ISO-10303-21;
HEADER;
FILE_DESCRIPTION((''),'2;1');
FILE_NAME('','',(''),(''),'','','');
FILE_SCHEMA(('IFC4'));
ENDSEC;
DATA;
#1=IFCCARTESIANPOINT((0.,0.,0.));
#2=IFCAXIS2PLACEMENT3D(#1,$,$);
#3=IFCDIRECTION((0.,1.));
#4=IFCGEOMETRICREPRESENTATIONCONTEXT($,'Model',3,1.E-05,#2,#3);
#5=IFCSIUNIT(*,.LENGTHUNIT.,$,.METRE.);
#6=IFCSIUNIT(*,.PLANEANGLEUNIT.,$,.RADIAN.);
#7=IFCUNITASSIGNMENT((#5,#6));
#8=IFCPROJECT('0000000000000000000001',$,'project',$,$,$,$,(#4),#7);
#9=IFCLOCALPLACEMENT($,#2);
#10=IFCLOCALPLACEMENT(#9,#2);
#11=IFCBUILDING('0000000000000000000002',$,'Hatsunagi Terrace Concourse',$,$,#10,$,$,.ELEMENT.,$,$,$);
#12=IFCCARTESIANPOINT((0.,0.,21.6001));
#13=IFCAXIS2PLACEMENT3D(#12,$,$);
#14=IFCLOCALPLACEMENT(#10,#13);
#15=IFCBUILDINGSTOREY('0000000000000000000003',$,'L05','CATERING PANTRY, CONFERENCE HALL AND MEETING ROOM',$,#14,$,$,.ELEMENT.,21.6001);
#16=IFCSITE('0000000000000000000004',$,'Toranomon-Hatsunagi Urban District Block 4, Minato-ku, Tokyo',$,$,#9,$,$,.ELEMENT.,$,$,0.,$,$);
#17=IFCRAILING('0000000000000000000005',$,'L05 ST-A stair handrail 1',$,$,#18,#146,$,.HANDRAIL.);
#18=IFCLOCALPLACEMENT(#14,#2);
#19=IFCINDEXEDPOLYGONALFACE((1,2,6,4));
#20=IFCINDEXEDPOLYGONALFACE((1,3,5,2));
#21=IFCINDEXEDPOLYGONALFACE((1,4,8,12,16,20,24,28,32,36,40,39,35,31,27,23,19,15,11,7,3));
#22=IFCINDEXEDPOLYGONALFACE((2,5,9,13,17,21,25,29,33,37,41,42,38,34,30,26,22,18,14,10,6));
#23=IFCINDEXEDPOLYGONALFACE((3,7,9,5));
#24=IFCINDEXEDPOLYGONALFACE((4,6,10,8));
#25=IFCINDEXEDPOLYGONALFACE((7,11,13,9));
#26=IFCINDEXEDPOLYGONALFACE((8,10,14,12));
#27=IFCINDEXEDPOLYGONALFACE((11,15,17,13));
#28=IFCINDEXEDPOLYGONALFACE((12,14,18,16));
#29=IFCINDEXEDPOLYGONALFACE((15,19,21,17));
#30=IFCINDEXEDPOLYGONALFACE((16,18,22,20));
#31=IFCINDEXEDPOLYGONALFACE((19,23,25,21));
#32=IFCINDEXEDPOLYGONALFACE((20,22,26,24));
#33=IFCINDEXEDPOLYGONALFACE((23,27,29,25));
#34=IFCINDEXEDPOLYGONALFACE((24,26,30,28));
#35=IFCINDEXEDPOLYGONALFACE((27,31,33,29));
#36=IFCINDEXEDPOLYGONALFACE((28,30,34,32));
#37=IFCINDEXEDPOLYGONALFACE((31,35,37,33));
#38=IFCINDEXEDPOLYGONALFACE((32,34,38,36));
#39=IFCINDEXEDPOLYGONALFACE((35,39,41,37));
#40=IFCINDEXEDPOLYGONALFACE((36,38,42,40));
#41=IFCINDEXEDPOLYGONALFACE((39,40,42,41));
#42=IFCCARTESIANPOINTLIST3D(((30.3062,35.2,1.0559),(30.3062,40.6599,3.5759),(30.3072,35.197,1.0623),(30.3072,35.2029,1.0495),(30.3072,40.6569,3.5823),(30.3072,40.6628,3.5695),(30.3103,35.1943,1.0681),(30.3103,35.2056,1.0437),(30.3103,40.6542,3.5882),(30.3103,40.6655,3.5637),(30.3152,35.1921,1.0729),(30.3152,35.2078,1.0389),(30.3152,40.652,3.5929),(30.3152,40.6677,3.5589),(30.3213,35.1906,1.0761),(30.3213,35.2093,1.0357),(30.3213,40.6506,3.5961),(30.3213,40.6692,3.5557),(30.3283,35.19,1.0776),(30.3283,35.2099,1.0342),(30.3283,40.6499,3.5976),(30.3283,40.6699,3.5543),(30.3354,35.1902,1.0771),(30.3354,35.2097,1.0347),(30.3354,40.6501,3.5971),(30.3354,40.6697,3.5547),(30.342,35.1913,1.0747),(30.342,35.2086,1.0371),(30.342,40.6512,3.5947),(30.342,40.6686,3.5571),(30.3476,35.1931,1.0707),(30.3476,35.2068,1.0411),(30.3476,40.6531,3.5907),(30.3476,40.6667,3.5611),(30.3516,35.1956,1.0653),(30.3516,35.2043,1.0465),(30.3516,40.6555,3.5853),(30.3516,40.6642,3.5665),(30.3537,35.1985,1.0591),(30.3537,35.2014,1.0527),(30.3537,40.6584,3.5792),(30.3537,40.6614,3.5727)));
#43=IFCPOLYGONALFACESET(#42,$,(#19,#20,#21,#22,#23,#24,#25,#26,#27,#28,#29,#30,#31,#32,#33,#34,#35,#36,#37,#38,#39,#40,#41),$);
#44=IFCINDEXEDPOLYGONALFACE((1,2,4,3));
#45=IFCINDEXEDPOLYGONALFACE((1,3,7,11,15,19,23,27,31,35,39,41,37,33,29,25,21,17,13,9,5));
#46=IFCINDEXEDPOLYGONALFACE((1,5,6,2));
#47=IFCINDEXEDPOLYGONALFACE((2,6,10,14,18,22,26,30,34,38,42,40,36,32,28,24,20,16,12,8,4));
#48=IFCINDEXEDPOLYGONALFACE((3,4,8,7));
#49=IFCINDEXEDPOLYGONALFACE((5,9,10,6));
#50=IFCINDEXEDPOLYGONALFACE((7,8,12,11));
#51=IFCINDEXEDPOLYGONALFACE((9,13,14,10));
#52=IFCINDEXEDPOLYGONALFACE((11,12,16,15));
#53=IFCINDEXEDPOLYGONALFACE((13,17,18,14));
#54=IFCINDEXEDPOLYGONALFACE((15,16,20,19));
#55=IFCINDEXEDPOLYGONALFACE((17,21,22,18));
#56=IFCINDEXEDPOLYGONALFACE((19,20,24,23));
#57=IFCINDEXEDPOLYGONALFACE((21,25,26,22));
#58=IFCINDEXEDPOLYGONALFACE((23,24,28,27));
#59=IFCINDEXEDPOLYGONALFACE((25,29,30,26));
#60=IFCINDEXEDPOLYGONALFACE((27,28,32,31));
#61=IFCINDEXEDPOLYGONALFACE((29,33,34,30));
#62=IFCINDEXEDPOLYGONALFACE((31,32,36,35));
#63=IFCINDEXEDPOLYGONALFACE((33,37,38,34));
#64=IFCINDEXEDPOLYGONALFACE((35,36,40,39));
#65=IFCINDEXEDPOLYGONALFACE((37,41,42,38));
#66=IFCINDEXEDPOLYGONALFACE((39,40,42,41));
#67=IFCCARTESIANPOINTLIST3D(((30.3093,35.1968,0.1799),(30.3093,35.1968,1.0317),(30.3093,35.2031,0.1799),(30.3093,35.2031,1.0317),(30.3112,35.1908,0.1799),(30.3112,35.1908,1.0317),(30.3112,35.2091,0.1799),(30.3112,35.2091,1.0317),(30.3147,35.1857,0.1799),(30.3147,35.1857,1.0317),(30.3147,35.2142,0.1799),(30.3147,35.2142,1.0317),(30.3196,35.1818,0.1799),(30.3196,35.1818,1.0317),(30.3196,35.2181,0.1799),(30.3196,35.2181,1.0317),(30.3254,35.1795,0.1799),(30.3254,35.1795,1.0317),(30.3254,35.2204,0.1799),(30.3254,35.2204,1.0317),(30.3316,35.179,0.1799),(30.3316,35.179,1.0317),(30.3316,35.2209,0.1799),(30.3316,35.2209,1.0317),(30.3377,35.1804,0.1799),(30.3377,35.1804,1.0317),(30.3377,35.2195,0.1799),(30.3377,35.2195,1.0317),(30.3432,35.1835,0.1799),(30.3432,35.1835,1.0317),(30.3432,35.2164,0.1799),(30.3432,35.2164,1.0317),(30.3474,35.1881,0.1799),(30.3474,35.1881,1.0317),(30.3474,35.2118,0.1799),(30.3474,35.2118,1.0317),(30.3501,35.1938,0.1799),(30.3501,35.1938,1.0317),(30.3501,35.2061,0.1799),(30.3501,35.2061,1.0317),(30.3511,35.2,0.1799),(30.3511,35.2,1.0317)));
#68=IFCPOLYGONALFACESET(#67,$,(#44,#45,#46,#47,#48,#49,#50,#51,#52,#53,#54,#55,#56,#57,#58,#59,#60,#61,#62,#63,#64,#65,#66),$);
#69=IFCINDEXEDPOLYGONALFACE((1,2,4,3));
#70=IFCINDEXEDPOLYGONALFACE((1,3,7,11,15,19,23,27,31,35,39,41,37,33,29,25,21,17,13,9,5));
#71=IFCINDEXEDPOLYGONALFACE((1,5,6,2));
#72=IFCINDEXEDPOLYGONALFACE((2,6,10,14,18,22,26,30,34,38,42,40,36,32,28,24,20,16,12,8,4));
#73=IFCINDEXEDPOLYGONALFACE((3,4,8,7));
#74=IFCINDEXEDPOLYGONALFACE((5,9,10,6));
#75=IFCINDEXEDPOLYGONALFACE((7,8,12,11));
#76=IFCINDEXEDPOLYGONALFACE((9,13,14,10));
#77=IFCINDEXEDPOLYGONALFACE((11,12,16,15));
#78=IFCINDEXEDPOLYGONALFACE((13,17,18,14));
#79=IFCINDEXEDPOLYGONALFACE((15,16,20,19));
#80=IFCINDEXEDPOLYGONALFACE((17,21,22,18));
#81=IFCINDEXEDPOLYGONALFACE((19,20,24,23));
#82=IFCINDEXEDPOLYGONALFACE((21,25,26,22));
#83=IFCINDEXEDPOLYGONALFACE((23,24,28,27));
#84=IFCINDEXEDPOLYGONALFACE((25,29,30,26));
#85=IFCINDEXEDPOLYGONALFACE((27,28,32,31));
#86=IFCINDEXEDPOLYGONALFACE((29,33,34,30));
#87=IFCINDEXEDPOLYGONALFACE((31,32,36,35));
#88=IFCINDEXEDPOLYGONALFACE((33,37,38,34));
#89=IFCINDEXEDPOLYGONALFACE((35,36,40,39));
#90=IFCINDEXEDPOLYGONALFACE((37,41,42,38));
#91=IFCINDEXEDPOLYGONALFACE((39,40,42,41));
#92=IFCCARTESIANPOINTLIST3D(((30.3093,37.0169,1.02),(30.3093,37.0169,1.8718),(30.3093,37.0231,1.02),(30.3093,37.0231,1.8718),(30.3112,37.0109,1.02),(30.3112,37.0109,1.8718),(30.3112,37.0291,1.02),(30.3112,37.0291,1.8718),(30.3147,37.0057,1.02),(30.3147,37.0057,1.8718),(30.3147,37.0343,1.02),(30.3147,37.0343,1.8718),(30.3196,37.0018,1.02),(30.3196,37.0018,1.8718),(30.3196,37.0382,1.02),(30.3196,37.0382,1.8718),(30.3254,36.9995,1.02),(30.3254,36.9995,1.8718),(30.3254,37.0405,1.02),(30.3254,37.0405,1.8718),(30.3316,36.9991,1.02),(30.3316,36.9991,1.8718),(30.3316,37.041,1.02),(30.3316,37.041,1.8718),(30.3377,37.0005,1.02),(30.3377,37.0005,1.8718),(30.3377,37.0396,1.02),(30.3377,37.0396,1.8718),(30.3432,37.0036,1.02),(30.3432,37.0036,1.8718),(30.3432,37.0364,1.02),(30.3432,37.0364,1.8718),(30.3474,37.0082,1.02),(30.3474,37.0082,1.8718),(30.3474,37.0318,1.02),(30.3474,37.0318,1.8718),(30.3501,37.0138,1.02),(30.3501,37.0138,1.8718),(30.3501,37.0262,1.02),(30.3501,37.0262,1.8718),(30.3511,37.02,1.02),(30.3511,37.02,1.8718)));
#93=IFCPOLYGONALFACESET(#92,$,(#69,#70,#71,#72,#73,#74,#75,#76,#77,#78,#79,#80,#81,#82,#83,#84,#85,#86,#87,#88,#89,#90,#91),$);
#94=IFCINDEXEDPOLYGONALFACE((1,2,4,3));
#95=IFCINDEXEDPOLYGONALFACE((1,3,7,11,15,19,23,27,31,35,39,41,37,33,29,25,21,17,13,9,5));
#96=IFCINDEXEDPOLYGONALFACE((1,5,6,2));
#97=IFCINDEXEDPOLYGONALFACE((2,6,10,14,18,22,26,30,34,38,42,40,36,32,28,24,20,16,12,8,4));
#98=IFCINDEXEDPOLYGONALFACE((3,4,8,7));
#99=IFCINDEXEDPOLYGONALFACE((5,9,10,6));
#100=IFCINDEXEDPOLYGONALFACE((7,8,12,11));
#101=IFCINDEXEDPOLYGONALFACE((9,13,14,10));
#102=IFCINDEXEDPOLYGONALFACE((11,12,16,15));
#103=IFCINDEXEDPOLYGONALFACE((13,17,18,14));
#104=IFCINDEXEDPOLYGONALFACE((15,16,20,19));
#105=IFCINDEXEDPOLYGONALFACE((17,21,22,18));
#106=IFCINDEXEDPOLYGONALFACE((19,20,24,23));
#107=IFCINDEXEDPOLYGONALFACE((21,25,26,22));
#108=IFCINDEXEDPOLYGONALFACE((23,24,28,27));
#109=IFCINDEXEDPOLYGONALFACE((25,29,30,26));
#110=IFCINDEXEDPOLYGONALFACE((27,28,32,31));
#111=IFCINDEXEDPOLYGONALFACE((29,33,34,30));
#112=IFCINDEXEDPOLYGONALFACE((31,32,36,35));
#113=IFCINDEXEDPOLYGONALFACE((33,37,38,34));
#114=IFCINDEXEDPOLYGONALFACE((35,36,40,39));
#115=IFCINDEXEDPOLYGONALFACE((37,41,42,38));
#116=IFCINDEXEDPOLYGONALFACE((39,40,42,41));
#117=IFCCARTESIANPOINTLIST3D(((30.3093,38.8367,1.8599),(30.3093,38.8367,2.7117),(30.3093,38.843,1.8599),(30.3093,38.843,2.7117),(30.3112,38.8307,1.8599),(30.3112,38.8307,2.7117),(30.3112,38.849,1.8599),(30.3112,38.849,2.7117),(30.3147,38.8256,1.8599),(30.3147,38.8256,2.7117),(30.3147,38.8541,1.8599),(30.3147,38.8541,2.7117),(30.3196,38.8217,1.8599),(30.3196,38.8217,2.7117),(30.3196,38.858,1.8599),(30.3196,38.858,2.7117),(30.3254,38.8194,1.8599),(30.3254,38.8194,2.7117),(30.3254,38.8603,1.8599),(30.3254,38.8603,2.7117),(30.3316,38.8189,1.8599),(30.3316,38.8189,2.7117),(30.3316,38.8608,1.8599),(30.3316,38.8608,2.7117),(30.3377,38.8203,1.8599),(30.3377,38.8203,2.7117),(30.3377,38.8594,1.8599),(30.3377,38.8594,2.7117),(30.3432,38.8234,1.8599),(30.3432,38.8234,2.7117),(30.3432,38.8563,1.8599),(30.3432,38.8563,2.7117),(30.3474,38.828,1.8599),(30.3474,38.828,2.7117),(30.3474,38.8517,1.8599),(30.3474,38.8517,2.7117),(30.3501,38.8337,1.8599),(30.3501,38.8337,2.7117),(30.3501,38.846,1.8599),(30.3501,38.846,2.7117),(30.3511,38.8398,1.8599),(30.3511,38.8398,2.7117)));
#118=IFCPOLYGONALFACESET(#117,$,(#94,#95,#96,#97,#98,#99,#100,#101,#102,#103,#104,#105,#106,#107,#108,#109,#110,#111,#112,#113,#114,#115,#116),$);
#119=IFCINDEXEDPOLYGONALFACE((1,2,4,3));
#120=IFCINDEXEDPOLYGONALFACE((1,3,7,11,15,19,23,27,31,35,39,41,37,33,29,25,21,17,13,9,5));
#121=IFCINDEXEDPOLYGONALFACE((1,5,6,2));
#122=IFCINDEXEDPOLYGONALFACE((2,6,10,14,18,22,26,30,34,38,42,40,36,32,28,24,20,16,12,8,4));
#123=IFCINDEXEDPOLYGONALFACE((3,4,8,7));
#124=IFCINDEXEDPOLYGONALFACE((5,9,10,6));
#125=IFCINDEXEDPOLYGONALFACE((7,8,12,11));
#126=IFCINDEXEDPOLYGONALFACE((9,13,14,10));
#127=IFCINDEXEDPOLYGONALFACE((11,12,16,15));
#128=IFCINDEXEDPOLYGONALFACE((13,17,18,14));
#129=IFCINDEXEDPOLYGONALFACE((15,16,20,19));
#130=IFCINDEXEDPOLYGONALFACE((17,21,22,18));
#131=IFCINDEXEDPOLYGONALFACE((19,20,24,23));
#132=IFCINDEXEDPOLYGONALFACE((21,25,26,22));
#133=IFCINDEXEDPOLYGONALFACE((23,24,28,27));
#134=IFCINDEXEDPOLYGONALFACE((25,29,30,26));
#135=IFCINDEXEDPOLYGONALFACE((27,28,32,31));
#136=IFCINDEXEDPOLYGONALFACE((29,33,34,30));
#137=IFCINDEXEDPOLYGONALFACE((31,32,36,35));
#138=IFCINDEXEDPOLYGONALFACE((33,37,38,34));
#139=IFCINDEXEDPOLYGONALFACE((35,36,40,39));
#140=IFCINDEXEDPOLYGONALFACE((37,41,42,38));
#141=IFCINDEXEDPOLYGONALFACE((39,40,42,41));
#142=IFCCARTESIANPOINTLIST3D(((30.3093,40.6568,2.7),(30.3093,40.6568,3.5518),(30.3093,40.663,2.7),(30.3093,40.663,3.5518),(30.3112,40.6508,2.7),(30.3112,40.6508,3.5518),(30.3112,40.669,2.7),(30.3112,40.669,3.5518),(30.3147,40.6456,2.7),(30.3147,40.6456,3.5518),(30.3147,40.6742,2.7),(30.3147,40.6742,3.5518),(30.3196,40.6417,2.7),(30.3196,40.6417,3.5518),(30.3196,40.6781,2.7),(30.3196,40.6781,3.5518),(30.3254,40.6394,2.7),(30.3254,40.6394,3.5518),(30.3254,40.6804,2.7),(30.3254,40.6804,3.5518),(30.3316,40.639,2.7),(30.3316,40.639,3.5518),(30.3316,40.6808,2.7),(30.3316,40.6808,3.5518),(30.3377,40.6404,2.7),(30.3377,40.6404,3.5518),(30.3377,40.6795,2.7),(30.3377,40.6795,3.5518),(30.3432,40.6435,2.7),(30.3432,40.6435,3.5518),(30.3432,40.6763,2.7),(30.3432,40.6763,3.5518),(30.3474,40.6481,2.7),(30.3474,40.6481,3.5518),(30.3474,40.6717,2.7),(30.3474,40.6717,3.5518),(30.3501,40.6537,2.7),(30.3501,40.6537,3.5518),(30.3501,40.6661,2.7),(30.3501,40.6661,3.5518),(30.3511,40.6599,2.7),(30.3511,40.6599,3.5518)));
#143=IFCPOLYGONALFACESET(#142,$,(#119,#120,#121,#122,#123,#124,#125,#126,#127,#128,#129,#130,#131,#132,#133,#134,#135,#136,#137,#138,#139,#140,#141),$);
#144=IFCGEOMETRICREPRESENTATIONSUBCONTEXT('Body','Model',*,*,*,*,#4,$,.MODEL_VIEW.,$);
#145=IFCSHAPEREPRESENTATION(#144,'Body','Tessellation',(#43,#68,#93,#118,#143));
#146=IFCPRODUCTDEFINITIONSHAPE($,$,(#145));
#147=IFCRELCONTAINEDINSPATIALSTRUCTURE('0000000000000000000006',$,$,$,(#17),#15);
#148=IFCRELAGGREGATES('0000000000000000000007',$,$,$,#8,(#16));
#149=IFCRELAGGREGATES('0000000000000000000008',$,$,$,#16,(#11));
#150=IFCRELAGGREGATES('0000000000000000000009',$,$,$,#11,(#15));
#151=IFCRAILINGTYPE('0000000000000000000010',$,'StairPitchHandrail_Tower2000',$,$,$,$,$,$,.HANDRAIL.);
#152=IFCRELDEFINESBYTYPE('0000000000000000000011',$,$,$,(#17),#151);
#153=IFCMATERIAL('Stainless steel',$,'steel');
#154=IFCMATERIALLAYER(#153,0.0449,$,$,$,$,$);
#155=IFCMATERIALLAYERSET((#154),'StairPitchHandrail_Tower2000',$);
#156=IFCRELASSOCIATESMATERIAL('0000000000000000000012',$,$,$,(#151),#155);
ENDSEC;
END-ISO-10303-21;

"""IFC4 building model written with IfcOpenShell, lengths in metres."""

from ifc_helpers import new_model, si_unit, direction, frame, origin, origin_2d, place, context, subcontext, project, spatial, circle, extrude, material, layer, layer_set, type_object, element, save


model = new_model("IFC4")

# Units and contexts
model_context = context("Model", 3, precision=1e-05, world=origin(), true_north=direction((0.0, 1.0)))
body_context = subcontext(model_context, "Body", "Model", "MODEL_VIEW")
ifc_project = project(units=[si_unit("LENGTHUNIT", "METRE"), si_unit("PLANEANGLEUNIT", "RADIAN")], contexts=[model_context])

# Site, building, storey
site_placement = place(None, origin())
site = spatial("IfcSite", under=ifc_project, at=site_placement, Name="Toranomon-Hatsunagi Urban District Block 4, Minato-ku, Tokyo", CompositionType="ELEMENT", RefElevation=0.0)
building_placement = place(site_placement, origin())
building = spatial("IfcBuilding", under=site, at=building_placement, Name="Hatsunagi Terrace Concourse", CompositionType="ELEMENT")
storey_placement = place(building_placement, frame((0.0, 0.0, 21.6001)))
storey = spatial("IfcBuildingStorey", under=building, at=storey_placement, Name="L05", Description="CATERING PANTRY, CONFERENCE HALL AND MEETING ROOM", CompositionType="ELEMENT", Elevation=21.6001)

# Railing
ifc_material_1 = material(Name="Stainless steel", Category="steel")
ifc_layer_1 = layer(ifc_material_1, 0.0449)
ifc_layer_set_1 = layer_set([ifc_layer_1], Name="StairPitchHandrail_Tower2000")
railing_type_1 = type_object("IfcRailingType", Name="StairPitchHandrail_Tower2000", PredefinedType="HANDRAIL", material=ifc_layer_set_1)
railing_1_placement = place(storey_placement, frame((30.3301, 35.2, 0.1799)))
element("IfcRailing", 1, at=railing_1_placement, inside=storey, type_object=railing_type_1, Name="L05 ST-A stair handrail 1", PredefinedType="HANDRAIL", context=body_context, shape_type="SweptSolid", body=[
    extrude(circle(Radius=0.0239, at=origin_2d()), frame((0.0, 0.0, 0.876), z_axis=(0.0, 0.907957, 0.419063), x_axis=(-1.0, 0.0, 0.0)), (0.0, 0.0, 1.0), 6.0134),
    extrude(circle(Radius=0.021, at=origin_2d()), origin(), (0.0, 0.0, 1.0), 0.8518),
    extrude(circle(Radius=0.021, at=origin_2d()), frame((0.0, 1.8201, 0.8401)), (0.0, 0.0, 1.0), 0.8518),
    extrude(circle(Radius=0.021, at=origin_2d()), frame((0.0, 3.6399, 1.6799)), (0.0, 0.0, 1.0), 0.8518),
    extrude(circle(Radius=0.021, at=origin_2d()), frame((0.0, 5.46, 2.52)), (0.0, 0.0, 1.0), 0.8518),
])

save(model, "model.ifc")
